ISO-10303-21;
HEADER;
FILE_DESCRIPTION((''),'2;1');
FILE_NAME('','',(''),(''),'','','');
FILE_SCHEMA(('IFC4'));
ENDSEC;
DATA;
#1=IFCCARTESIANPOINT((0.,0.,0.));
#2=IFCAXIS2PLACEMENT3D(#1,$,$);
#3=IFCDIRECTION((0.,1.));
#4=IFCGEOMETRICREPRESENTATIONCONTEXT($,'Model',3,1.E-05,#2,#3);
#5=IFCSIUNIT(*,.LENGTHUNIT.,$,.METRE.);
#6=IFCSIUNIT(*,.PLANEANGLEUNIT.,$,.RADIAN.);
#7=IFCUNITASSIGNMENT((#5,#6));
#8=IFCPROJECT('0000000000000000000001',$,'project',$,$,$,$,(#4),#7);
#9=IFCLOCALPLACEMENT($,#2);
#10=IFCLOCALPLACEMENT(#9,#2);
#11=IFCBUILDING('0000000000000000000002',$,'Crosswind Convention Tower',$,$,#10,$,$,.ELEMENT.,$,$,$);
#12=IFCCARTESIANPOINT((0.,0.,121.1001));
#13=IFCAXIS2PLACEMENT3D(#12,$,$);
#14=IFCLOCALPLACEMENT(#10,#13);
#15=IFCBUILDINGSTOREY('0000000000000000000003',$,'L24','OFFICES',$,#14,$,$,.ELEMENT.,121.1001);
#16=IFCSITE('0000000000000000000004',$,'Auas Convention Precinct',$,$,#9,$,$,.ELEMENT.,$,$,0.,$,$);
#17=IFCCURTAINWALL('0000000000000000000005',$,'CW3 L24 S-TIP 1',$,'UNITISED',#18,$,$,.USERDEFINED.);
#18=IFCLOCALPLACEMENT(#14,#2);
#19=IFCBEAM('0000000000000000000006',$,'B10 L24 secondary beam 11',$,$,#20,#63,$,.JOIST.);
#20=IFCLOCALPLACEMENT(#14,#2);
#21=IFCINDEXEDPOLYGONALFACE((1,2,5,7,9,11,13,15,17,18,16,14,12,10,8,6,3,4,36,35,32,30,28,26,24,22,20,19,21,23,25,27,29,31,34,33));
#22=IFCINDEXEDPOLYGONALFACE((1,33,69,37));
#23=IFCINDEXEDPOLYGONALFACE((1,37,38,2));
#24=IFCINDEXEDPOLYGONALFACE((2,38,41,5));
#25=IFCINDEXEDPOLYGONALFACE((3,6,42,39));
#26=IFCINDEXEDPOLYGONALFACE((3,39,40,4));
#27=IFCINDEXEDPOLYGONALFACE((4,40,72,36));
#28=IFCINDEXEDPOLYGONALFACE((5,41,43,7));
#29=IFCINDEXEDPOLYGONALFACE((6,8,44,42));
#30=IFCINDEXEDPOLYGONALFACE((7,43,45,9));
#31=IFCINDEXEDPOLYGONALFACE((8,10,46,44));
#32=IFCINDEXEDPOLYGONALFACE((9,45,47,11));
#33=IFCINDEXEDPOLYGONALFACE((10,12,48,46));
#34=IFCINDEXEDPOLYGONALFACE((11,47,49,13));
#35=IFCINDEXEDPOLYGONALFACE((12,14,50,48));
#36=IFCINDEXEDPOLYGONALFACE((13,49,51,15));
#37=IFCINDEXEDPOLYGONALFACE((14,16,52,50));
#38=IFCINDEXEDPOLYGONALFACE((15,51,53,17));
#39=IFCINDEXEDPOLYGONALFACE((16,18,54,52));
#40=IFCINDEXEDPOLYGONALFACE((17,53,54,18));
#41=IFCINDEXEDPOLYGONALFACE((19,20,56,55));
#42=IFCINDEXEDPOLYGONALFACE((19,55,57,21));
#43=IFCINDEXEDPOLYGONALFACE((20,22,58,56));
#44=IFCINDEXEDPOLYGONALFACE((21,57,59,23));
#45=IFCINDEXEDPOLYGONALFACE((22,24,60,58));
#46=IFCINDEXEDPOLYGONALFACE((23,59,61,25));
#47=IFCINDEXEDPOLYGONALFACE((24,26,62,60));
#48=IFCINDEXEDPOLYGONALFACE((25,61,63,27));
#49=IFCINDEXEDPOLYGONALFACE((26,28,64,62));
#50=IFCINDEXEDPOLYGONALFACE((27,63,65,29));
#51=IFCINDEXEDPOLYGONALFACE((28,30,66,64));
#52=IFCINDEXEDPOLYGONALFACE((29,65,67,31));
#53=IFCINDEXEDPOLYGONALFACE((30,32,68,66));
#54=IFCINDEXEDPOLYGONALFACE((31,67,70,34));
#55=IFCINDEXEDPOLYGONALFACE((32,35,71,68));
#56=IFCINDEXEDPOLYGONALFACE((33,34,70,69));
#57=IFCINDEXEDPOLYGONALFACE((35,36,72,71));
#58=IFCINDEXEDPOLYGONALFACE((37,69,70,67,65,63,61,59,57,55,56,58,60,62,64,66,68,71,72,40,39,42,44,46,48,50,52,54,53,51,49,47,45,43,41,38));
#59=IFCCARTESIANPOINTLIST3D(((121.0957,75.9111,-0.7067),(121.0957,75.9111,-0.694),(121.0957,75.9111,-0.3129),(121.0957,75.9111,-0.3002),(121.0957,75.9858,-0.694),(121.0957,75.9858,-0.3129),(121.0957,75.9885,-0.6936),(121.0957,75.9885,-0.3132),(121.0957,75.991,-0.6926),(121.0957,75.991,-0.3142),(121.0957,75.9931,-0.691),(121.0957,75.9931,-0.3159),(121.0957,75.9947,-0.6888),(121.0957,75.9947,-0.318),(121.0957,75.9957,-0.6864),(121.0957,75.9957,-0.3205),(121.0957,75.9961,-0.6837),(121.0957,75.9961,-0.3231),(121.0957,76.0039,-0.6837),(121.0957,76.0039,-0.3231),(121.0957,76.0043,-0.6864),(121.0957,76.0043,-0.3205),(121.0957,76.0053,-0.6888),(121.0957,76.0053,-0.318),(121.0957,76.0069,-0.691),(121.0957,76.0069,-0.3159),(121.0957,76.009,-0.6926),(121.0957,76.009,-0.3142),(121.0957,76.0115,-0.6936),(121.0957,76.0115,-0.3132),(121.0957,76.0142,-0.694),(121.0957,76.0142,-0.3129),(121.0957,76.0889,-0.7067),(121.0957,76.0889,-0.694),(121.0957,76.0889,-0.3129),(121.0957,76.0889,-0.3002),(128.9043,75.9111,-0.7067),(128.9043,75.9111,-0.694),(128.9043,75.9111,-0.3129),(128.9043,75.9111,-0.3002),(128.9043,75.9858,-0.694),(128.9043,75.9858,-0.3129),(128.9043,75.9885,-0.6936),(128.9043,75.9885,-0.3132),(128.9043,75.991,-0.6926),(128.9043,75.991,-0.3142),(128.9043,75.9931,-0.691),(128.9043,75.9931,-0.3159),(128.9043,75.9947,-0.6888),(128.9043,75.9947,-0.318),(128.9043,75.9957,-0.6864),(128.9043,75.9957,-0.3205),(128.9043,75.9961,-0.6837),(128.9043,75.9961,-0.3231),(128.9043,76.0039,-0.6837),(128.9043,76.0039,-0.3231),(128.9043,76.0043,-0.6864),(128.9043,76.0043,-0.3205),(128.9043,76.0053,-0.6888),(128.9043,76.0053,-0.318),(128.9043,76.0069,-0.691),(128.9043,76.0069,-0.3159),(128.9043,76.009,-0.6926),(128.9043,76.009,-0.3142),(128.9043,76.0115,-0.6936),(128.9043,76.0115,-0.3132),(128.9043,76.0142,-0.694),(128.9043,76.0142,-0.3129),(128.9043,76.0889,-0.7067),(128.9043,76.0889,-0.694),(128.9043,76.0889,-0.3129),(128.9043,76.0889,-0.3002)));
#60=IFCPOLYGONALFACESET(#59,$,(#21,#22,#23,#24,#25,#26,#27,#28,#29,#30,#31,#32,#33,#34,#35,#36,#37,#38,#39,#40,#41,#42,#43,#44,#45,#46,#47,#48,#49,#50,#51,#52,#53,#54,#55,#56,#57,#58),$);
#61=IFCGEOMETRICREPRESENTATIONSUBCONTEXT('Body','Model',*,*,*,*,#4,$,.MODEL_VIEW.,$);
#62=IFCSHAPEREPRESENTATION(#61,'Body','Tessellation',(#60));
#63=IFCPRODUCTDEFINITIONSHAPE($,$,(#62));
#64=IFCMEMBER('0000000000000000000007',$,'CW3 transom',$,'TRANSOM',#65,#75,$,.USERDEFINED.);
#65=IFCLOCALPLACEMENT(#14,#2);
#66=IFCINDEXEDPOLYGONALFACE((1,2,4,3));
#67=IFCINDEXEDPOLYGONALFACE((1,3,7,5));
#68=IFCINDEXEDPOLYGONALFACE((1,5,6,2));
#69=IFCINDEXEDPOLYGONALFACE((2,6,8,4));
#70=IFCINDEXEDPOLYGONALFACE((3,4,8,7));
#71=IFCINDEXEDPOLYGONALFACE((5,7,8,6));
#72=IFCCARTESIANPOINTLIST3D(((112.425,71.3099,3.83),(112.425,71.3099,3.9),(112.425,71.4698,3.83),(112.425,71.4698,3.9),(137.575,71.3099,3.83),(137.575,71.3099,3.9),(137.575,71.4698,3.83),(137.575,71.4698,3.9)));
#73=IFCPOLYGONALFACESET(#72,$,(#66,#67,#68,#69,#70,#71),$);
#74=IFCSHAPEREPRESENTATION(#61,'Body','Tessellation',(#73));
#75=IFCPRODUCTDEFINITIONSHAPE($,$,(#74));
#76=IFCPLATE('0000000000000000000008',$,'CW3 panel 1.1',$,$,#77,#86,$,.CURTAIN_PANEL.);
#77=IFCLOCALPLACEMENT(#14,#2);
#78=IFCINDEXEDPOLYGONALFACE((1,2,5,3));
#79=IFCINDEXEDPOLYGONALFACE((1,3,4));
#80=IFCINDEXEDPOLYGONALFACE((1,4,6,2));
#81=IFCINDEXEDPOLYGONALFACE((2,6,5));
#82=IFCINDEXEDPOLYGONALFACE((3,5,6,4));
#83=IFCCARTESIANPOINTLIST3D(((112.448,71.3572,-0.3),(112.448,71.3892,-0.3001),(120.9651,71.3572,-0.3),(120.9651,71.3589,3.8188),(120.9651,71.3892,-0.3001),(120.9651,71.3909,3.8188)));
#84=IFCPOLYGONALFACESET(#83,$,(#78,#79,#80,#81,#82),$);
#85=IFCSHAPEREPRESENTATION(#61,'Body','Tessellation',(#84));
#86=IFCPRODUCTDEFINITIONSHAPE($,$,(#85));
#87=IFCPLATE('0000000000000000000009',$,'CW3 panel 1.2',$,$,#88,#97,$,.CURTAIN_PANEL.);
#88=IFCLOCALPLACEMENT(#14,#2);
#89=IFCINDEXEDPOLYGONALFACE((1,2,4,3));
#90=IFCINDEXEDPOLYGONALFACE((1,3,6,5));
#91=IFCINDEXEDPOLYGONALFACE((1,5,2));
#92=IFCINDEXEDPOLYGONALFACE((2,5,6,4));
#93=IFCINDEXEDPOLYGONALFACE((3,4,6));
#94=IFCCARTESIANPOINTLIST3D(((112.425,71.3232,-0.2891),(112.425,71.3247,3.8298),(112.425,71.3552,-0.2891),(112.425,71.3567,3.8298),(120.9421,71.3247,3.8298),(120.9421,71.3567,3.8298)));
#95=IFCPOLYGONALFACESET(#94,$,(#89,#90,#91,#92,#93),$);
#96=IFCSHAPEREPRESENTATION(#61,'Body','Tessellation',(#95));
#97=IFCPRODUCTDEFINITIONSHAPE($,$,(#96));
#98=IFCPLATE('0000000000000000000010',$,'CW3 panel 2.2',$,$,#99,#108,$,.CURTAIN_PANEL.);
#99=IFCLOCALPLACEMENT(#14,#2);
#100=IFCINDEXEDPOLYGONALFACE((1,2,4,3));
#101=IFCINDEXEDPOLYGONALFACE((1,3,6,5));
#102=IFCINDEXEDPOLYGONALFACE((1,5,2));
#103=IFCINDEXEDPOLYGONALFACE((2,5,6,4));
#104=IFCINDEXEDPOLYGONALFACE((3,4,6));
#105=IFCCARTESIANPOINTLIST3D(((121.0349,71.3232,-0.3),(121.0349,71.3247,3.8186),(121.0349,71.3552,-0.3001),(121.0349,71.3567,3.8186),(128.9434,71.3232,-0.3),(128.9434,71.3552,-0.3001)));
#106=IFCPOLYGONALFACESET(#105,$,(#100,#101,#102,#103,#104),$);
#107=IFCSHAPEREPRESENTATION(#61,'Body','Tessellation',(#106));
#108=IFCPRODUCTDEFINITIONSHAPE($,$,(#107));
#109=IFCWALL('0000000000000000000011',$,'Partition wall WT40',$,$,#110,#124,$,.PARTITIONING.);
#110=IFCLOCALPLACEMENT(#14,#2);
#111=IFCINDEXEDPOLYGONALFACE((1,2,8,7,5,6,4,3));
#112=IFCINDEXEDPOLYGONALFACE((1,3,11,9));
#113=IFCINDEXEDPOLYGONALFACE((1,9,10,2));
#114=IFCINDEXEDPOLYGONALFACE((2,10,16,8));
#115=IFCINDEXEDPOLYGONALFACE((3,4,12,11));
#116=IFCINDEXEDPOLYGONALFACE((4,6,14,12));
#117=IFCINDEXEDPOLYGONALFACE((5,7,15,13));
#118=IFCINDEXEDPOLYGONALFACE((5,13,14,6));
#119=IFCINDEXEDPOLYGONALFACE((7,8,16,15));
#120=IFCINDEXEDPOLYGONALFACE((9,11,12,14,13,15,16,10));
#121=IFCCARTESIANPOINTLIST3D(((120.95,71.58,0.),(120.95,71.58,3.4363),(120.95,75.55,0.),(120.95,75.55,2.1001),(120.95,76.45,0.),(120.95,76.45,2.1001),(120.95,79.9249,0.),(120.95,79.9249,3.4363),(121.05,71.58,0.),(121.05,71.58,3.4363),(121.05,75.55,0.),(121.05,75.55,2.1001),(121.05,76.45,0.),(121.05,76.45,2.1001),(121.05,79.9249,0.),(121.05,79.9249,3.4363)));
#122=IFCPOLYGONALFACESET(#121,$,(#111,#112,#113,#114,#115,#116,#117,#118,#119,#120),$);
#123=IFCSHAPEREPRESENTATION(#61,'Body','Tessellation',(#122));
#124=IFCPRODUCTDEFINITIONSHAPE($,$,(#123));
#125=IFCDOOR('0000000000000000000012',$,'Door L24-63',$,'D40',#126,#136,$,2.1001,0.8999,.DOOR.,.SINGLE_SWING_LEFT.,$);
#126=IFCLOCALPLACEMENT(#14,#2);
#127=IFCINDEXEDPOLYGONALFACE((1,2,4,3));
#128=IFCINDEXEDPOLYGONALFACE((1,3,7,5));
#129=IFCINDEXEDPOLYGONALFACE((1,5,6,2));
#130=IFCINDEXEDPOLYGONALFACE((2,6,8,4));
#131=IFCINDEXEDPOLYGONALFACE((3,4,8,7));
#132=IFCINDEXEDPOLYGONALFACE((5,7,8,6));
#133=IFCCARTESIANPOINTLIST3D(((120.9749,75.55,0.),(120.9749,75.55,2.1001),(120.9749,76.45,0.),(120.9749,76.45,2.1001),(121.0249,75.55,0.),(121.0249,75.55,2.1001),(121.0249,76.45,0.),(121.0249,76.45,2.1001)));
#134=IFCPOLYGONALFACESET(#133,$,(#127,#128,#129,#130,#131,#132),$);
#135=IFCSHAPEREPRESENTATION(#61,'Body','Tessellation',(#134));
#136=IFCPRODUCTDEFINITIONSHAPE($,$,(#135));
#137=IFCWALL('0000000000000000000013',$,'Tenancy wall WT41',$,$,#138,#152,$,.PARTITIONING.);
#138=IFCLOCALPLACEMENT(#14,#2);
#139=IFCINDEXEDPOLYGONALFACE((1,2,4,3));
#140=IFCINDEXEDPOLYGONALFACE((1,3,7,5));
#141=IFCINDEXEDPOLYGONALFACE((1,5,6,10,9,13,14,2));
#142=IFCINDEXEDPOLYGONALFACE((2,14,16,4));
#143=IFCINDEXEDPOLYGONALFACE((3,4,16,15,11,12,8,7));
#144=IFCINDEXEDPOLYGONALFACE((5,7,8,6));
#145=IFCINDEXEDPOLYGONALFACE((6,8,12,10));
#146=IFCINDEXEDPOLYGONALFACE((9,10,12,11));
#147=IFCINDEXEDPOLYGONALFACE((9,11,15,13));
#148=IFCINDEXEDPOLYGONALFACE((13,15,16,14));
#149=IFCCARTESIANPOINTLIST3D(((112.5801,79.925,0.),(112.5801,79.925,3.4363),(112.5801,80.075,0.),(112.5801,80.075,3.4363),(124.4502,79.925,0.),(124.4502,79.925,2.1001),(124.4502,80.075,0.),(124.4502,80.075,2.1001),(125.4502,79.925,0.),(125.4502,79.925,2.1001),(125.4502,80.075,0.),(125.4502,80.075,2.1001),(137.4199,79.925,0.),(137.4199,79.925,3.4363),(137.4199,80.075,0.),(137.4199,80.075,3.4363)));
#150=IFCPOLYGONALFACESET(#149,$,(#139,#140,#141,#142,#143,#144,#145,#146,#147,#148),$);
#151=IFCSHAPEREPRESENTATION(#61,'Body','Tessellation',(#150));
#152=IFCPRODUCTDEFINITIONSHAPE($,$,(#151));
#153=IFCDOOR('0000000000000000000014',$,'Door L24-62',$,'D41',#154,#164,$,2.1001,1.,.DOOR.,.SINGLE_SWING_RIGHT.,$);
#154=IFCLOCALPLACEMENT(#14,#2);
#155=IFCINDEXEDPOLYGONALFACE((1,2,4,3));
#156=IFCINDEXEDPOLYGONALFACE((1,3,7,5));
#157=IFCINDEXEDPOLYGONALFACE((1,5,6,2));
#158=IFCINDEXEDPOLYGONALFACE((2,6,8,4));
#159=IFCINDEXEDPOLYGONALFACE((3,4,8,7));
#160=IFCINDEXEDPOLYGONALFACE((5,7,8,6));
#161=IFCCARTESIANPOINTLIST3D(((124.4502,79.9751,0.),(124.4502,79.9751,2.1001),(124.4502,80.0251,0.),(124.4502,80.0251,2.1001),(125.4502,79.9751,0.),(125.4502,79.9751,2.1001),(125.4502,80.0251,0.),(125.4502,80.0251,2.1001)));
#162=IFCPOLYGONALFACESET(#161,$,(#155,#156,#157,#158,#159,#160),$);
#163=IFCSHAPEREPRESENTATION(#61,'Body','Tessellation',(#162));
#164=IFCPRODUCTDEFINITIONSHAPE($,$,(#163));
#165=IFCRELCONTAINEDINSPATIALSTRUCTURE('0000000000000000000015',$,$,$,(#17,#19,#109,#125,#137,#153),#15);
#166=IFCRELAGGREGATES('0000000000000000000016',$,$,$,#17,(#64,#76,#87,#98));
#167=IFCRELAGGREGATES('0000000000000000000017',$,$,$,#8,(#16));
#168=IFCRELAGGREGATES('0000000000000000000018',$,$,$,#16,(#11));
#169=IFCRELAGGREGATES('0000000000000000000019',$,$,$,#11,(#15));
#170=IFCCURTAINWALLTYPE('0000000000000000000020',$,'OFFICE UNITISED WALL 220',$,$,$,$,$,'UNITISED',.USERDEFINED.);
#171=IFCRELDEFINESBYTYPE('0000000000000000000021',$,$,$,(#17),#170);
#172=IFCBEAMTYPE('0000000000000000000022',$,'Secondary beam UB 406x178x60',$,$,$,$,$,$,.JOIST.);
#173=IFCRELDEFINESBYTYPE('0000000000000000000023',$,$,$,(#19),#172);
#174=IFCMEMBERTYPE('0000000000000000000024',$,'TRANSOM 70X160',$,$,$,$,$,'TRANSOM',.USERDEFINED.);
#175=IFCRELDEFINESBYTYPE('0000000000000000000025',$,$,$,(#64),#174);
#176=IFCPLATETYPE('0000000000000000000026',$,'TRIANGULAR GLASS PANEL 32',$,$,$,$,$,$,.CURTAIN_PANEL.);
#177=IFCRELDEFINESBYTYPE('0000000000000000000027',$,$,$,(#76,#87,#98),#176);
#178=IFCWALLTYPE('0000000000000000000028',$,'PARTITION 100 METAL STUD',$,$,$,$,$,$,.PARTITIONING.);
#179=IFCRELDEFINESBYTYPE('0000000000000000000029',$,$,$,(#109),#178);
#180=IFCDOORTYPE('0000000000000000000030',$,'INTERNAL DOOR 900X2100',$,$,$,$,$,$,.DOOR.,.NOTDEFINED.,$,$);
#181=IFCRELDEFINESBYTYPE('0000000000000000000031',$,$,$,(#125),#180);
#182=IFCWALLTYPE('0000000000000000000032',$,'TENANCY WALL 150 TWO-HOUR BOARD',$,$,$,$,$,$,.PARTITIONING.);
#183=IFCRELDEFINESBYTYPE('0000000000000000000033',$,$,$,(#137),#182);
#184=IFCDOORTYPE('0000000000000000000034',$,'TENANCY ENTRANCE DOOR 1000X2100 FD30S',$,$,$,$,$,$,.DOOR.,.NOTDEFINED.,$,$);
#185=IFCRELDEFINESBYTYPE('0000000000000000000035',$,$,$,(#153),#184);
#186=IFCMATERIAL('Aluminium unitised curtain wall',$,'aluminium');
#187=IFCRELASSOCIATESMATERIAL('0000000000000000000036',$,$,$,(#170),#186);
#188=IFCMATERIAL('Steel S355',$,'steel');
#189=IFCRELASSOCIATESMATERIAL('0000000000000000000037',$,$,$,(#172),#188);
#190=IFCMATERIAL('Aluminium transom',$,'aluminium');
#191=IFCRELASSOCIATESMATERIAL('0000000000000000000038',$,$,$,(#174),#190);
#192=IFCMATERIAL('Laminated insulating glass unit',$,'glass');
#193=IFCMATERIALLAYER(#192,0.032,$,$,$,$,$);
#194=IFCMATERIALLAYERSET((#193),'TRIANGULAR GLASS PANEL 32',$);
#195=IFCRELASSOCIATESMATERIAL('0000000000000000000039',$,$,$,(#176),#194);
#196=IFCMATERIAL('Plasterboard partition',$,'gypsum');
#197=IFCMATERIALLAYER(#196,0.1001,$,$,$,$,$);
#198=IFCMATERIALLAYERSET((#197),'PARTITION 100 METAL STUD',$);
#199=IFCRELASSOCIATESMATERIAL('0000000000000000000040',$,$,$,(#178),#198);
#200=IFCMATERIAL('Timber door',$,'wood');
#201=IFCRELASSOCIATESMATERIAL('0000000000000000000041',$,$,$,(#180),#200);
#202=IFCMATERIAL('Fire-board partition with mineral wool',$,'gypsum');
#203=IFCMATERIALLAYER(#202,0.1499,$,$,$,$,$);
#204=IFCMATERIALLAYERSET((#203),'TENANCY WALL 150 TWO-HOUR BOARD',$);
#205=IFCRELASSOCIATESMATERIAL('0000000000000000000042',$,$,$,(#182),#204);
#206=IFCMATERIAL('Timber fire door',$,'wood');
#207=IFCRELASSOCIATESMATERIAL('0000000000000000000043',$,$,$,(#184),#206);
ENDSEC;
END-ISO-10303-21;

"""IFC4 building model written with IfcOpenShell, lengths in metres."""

from ifc_helpers import new_model, si_unit, direction, frame, frame_2d, origin, origin_2d, place, context, subcontext, project, spatial, polyline, rectangle, i_section, outline, extrude, material, layer, layer_set, material_profile, profile_set, type_object, element, fill, aggregate, save


model = new_model("IFC4")

# Units and contexts
model_context = context("Model", 3, precision=1e-05, world=origin(), true_north=direction((0.0, 1.0)))
body_context = subcontext(model_context, "Body", "Model", "MODEL_VIEW")
ifc_project = project(units=[si_unit("LENGTHUNIT", "METRE"), si_unit("PLANEANGLEUNIT", "RADIAN")], contexts=[model_context])

# Site, building, storey
site_placement = place(None, origin())
site = spatial("IfcSite", under=ifc_project, at=site_placement, Name="Auas Convention Precinct", CompositionType="ELEMENT", RefElevation=0.0)
building_placement = place(site_placement, origin())
building = spatial("IfcBuilding", under=site, at=building_placement, Name="Crosswind Convention Tower", CompositionType="ELEMENT")
storey_placement = place(building_placement, frame((0.0, 0.0, 121.1001)))
storey = spatial("IfcBuildingStorey", under=building, at=storey_placement, Name="L24", Description="OFFICES", CompositionType="ELEMENT", Elevation=121.1001)

# Shared definitions
ifc_material_1 = material(Name="Steel S355", Category="steel")

# Curtain wall
ifc_material_2 = material(Name="Aluminium unitised curtain wall", Category="aluminium")
curtain_wall_type_1 = type_object("IfcCurtainWallType", Name="OFFICE UNITISED WALL 220", ElementType="UNITISED", PredefinedType="USERDEFINED", material=ifc_material_2)
curtain_wall_1_placement = place(storey_placement, origin())
curtain_wall_1 = element("IfcCurtainWall", 1, at=curtain_wall_1_placement, inside=storey, type_object=curtain_wall_type_1, Name="CW3 L24 S-TIP 1", ObjectType="UNITISED", PredefinedType="USERDEFINED")

# Beam
ifc_material_profile_1 = material_profile(ifc_material_1, i_section(OverallWidth=0.1777, OverallDepth=0.4065, WebThickness=0.0078, FlangeThickness=0.0127, FilletRadius=0.0103, at=origin_2d()), Name="UB 406x178x60")
ifc_profile_set_1 = profile_set([ifc_material_profile_1], Name="Steel S355")
beam_type_1 = type_object("IfcBeamType", Name="Secondary beam UB 406x178x60", PredefinedType="JOIST", material=ifc_profile_set_1)
beam_1_placement = place(storey_placement, frame((121.0957, 76.0, -0.5034), z_axis=(1.0, 0.0, 0.0), x_axis=(0.0, 1.0, 0.0)))
element("IfcBeam", 2, at=beam_1_placement, inside=storey, type_object=beam_type_1, Name="B10 L24 secondary beam 11", PredefinedType="JOIST", context=body_context, shape_type="SweptSolid", body=[
    extrude(i_section(OverallWidth=0.1777, OverallDepth=0.4065, WebThickness=0.0078, FlangeThickness=0.0127, FilletRadius=0.0103, at=origin_2d()), origin(), (0.0, 0.0, 1.0), 7.8086),
])

# Member
ifc_material_3 = material(Name="Aluminium transom", Category="aluminium")
ifc_material_profile_2 = material_profile(ifc_material_3, rectangle(XDim=0.1599, YDim=0.0701, at=origin_2d()), Name="AL 160X70")
ifc_profile_set_2 = profile_set([ifc_material_profile_2], Name="Aluminium transom")
member_type_1 = type_object("IfcMemberType", Name="TRANSOM 70X160", ElementType="TRANSOM", PredefinedType="USERDEFINED", material=ifc_profile_set_2)
member_1_placement = place(storey_placement, frame((112.425, 71.3899, 3.865), z_axis=(1.0, 0.0, 0.0), x_axis=(0.0, 1.0, 0.0)))
member_1 = element("IfcMember", 3, at=member_1_placement, type_object=member_type_1, Name="CW3 transom", ObjectType="TRANSOM", PredefinedType="USERDEFINED", context=body_context, shape_type="SweptSolid", body=[
    extrude(rectangle(XDim=0.1599, YDim=0.0701, at=origin_2d()), origin(), (0.0, 0.0, 1.0), 25.1499),
])

# Plates
ifc_material_4 = material(Name="Laminated insulating glass unit", Category="glass")
ifc_layer_1 = layer(ifc_material_4, 0.032)
ifc_layer_set_1 = layer_set([ifc_layer_1], Name="TRIANGULAR GLASS PANEL 32")
plate_type = type_object("IfcPlateType", Name="TRIANGULAR GLASS PANEL 32", PredefinedType="CURTAIN_PANEL", material=ifc_layer_set_1)
plate_1_placement = place(storey_placement, frame((120.9651, 71.3572, -0.3), z_axis=(0.0, -1.0, 0.000415), x_axis=(0.0, 0.000415, 1.0)))
plate_1 = element("IfcPlate", 4, at=plate_1_placement, type_object=plate_type, Name="CW3 panel 1.1", PredefinedType="CURTAIN_PANEL", context=body_context, shape_type="SweptSolid", body=[
    extrude(outline(polyline([(0.0, 0.0), (4.1189, 0.0), (0.0, 8.5171), (0.0, 0.0)])), origin(), (0.0, 0.0, -1.0), 0.032),
])
plate_2_placement = place(storey_placement, frame((112.425, 71.3247, 3.8298), z_axis=(0.0, -1.0, 0.000356), x_axis=(0.0, -0.000356, -1.0)))
plate_2 = element("IfcPlate", 5, at=plate_2_placement, type_object=plate_type, Name="CW3 panel 1.2", PredefinedType="CURTAIN_PANEL", context=body_context, shape_type="SweptSolid", body=[
    extrude(outline(polyline([(0.0, 0.0), (4.1189, 0.0), (0.0, 8.5171), (0.0, 0.0)])), origin(), (0.0, 0.0, -1.0), 0.032),
])
plate_3_placement = place(storey_placement, frame((121.0349, 71.3232, -0.3), z_axis=(0.0, -1.0, 0.000356), x_axis=(1.0, 0.0, 0.0)))
plate_3 = element("IfcPlate", 6, at=plate_3_placement, type_object=plate_type, Name="CW3 panel 2.2", PredefinedType="CURTAIN_PANEL", context=body_context, shape_type="SweptSolid", body=[
    extrude(outline(polyline([(0.0, 0.0), (7.9084, 0.0), (0.0, 4.1187), (0.0, 0.0)])), origin(), (0.0, 0.0, -1.0), 0.032),
])

# Walls, openings, doors
ifc_material_5 = material(Name="Plasterboard partition", Category="gypsum")
ifc_layer_2 = layer(ifc_material_5, 0.1001)
ifc_layer_set_2 = layer_set([ifc_layer_2], Name="PARTITION 100 METAL STUD")
wall_type_1 = type_object("IfcWallType", Name="PARTITION 100 METAL STUD", PredefinedType="PARTITIONING", material=ifc_layer_set_2)
wall_1_placement = place(storey_placement, frame((121.0, 71.5801, 0.0), z_axis=(0.0, 0.0, 1.0), x_axis=(0.0, 1.0, 0.0)))
wall_1 = element("IfcWall", 7, at=wall_1_placement, inside=storey, type_object=wall_type_1, Name="Partition wall WT40", PredefinedType="PARTITIONING", context=body_context, shape_type="SweptSolid", body=[
    extrude(rectangle(XDim=8.345, YDim=0.1001, at=frame_2d((4.1724, 0.0))), origin(), (0.0, 0.0, 1.0), 3.4363),
])
opening_1_placement = place(wall_1_placement, frame((3.97, 0.0, 0.0)))
opening_1 = element("IfcOpeningElement", 8, at=opening_1_placement, cuts=wall_1, PredefinedType="OPENING", context=body_context, shape_type="SweptSolid", body=[
    extrude(rectangle(XDim=0.8999, YDim=2.1001, at=frame_2d((0.45, 1.05))), frame((0.0, 0.0601, 0.0), z_axis=(0.0, -1.0, 0.0), x_axis=(1.0, 0.0, 0.0)), (0.0, 0.0, 1.0), 0.1201),
])
ifc_material_6 = material(Name="Timber door", Category="wood")
door_type_1 = type_object("IfcDoorType", Name="INTERNAL DOOR 900X2100", OperationType="NOTDEFINED", PredefinedType="DOOR", material=ifc_material_6)
door_1_placement = place(opening_1_placement, frame((0.8999, 0.0, 0.0), z_axis=(0.0, 0.0, 1.0), x_axis=(-1.0, 0.0, 0.0)))
door_1 = element("IfcDoor", 9, at=door_1_placement, inside=storey, type_object=door_type_1, Name="Door L24-63", ObjectType="D40", OperationType="SINGLE_SWING_LEFT", OverallHeight=2.1001, OverallWidth=0.8999, PredefinedType="DOOR", context=body_context, shape_type="SweptSolid", body=[
    extrude(rectangle(XDim=0.8999, YDim=2.1001, at=frame_2d((0.45, 1.05))), frame((0.0, 0.0249, 0.0), z_axis=(0.0, -1.0, 0.0), x_axis=(1.0, 0.0, 0.0)), (0.0, 0.0, 1.0), 0.05),
])
fill(opening_1, door_1)
ifc_material_7 = material(Name="Fire-board partition with mineral wool", Category="gypsum")
ifc_layer_3 = layer(ifc_material_7, 0.1499)
ifc_layer_set_3 = layer_set([ifc_layer_3], Name="TENANCY WALL 150 TWO-HOUR BOARD")
wall_type_2 = type_object("IfcWallType", Name="TENANCY WALL 150 TWO-HOUR BOARD", PredefinedType="PARTITIONING", material=ifc_layer_set_3)
wall_2_placement = place(storey_placement, frame((112.5801, 80.0, 0.0), z_axis=(0.0, 0.0, 1.0), x_axis=(1.0, 0.0, 0.0)))
wall_2 = element("IfcWall", 10, at=wall_2_placement, inside=storey, type_object=wall_type_2, Name="Tenancy wall WT41", PredefinedType="PARTITIONING", context=body_context, shape_type="SweptSolid", body=[
    extrude(rectangle(XDim=24.8398, YDim=0.1499, at=frame_2d((12.4199, 0.0))), origin(), (0.0, 0.0, 1.0), 3.4363),
])
opening_2_placement = place(wall_2_placement, frame((11.8701, 0.0, 0.0)))
opening_2 = element("IfcOpeningElement", 11, at=opening_2_placement, cuts=wall_2, PredefinedType="OPENING", context=body_context, shape_type="SweptSolid", body=[
    extrude(rectangle(XDim=1.0, YDim=2.1001, at=frame_2d((0.5, 1.05))), frame((0.0, 0.085, 0.0), z_axis=(0.0, -1.0, 0.0), x_axis=(1.0, 0.0, 0.0)), (0.0, 0.0, 1.0), 0.1699),
])
ifc_material_8 = material(Name="Timber fire door", Category="wood")
door_type_2 = type_object("IfcDoorType", Name="TENANCY ENTRANCE DOOR 1000X2100 FD30S", OperationType="NOTDEFINED", PredefinedType="DOOR", material=ifc_material_8)
door_2_placement = place(opening_2_placement, frame((1.0, 0.0, 0.0), z_axis=(0.0, 0.0, 1.0), x_axis=(-1.0, 0.0, 0.0)))
door_2 = element("IfcDoor", 12, at=door_2_placement, inside=storey, type_object=door_type_2, Name="Door L24-62", ObjectType="D41", OperationType="SINGLE_SWING_RIGHT", OverallHeight=2.1001, OverallWidth=1.0, PredefinedType="DOOR", context=body_context, shape_type="SweptSolid", body=[
    extrude(rectangle(XDim=1.0, YDim=2.1001, at=frame_2d((0.5, 1.05))), frame((0.0, 0.0249, 0.0), z_axis=(0.0, -1.0, 0.0), x_axis=(1.0, 0.0, 0.0)), (0.0, 0.0, 1.0), 0.05),
])
fill(opening_2, door_2)

aggregate(curtain_wall_1, [member_1, plate_1, plate_2, plate_3])

save(model, "model.ifc")
